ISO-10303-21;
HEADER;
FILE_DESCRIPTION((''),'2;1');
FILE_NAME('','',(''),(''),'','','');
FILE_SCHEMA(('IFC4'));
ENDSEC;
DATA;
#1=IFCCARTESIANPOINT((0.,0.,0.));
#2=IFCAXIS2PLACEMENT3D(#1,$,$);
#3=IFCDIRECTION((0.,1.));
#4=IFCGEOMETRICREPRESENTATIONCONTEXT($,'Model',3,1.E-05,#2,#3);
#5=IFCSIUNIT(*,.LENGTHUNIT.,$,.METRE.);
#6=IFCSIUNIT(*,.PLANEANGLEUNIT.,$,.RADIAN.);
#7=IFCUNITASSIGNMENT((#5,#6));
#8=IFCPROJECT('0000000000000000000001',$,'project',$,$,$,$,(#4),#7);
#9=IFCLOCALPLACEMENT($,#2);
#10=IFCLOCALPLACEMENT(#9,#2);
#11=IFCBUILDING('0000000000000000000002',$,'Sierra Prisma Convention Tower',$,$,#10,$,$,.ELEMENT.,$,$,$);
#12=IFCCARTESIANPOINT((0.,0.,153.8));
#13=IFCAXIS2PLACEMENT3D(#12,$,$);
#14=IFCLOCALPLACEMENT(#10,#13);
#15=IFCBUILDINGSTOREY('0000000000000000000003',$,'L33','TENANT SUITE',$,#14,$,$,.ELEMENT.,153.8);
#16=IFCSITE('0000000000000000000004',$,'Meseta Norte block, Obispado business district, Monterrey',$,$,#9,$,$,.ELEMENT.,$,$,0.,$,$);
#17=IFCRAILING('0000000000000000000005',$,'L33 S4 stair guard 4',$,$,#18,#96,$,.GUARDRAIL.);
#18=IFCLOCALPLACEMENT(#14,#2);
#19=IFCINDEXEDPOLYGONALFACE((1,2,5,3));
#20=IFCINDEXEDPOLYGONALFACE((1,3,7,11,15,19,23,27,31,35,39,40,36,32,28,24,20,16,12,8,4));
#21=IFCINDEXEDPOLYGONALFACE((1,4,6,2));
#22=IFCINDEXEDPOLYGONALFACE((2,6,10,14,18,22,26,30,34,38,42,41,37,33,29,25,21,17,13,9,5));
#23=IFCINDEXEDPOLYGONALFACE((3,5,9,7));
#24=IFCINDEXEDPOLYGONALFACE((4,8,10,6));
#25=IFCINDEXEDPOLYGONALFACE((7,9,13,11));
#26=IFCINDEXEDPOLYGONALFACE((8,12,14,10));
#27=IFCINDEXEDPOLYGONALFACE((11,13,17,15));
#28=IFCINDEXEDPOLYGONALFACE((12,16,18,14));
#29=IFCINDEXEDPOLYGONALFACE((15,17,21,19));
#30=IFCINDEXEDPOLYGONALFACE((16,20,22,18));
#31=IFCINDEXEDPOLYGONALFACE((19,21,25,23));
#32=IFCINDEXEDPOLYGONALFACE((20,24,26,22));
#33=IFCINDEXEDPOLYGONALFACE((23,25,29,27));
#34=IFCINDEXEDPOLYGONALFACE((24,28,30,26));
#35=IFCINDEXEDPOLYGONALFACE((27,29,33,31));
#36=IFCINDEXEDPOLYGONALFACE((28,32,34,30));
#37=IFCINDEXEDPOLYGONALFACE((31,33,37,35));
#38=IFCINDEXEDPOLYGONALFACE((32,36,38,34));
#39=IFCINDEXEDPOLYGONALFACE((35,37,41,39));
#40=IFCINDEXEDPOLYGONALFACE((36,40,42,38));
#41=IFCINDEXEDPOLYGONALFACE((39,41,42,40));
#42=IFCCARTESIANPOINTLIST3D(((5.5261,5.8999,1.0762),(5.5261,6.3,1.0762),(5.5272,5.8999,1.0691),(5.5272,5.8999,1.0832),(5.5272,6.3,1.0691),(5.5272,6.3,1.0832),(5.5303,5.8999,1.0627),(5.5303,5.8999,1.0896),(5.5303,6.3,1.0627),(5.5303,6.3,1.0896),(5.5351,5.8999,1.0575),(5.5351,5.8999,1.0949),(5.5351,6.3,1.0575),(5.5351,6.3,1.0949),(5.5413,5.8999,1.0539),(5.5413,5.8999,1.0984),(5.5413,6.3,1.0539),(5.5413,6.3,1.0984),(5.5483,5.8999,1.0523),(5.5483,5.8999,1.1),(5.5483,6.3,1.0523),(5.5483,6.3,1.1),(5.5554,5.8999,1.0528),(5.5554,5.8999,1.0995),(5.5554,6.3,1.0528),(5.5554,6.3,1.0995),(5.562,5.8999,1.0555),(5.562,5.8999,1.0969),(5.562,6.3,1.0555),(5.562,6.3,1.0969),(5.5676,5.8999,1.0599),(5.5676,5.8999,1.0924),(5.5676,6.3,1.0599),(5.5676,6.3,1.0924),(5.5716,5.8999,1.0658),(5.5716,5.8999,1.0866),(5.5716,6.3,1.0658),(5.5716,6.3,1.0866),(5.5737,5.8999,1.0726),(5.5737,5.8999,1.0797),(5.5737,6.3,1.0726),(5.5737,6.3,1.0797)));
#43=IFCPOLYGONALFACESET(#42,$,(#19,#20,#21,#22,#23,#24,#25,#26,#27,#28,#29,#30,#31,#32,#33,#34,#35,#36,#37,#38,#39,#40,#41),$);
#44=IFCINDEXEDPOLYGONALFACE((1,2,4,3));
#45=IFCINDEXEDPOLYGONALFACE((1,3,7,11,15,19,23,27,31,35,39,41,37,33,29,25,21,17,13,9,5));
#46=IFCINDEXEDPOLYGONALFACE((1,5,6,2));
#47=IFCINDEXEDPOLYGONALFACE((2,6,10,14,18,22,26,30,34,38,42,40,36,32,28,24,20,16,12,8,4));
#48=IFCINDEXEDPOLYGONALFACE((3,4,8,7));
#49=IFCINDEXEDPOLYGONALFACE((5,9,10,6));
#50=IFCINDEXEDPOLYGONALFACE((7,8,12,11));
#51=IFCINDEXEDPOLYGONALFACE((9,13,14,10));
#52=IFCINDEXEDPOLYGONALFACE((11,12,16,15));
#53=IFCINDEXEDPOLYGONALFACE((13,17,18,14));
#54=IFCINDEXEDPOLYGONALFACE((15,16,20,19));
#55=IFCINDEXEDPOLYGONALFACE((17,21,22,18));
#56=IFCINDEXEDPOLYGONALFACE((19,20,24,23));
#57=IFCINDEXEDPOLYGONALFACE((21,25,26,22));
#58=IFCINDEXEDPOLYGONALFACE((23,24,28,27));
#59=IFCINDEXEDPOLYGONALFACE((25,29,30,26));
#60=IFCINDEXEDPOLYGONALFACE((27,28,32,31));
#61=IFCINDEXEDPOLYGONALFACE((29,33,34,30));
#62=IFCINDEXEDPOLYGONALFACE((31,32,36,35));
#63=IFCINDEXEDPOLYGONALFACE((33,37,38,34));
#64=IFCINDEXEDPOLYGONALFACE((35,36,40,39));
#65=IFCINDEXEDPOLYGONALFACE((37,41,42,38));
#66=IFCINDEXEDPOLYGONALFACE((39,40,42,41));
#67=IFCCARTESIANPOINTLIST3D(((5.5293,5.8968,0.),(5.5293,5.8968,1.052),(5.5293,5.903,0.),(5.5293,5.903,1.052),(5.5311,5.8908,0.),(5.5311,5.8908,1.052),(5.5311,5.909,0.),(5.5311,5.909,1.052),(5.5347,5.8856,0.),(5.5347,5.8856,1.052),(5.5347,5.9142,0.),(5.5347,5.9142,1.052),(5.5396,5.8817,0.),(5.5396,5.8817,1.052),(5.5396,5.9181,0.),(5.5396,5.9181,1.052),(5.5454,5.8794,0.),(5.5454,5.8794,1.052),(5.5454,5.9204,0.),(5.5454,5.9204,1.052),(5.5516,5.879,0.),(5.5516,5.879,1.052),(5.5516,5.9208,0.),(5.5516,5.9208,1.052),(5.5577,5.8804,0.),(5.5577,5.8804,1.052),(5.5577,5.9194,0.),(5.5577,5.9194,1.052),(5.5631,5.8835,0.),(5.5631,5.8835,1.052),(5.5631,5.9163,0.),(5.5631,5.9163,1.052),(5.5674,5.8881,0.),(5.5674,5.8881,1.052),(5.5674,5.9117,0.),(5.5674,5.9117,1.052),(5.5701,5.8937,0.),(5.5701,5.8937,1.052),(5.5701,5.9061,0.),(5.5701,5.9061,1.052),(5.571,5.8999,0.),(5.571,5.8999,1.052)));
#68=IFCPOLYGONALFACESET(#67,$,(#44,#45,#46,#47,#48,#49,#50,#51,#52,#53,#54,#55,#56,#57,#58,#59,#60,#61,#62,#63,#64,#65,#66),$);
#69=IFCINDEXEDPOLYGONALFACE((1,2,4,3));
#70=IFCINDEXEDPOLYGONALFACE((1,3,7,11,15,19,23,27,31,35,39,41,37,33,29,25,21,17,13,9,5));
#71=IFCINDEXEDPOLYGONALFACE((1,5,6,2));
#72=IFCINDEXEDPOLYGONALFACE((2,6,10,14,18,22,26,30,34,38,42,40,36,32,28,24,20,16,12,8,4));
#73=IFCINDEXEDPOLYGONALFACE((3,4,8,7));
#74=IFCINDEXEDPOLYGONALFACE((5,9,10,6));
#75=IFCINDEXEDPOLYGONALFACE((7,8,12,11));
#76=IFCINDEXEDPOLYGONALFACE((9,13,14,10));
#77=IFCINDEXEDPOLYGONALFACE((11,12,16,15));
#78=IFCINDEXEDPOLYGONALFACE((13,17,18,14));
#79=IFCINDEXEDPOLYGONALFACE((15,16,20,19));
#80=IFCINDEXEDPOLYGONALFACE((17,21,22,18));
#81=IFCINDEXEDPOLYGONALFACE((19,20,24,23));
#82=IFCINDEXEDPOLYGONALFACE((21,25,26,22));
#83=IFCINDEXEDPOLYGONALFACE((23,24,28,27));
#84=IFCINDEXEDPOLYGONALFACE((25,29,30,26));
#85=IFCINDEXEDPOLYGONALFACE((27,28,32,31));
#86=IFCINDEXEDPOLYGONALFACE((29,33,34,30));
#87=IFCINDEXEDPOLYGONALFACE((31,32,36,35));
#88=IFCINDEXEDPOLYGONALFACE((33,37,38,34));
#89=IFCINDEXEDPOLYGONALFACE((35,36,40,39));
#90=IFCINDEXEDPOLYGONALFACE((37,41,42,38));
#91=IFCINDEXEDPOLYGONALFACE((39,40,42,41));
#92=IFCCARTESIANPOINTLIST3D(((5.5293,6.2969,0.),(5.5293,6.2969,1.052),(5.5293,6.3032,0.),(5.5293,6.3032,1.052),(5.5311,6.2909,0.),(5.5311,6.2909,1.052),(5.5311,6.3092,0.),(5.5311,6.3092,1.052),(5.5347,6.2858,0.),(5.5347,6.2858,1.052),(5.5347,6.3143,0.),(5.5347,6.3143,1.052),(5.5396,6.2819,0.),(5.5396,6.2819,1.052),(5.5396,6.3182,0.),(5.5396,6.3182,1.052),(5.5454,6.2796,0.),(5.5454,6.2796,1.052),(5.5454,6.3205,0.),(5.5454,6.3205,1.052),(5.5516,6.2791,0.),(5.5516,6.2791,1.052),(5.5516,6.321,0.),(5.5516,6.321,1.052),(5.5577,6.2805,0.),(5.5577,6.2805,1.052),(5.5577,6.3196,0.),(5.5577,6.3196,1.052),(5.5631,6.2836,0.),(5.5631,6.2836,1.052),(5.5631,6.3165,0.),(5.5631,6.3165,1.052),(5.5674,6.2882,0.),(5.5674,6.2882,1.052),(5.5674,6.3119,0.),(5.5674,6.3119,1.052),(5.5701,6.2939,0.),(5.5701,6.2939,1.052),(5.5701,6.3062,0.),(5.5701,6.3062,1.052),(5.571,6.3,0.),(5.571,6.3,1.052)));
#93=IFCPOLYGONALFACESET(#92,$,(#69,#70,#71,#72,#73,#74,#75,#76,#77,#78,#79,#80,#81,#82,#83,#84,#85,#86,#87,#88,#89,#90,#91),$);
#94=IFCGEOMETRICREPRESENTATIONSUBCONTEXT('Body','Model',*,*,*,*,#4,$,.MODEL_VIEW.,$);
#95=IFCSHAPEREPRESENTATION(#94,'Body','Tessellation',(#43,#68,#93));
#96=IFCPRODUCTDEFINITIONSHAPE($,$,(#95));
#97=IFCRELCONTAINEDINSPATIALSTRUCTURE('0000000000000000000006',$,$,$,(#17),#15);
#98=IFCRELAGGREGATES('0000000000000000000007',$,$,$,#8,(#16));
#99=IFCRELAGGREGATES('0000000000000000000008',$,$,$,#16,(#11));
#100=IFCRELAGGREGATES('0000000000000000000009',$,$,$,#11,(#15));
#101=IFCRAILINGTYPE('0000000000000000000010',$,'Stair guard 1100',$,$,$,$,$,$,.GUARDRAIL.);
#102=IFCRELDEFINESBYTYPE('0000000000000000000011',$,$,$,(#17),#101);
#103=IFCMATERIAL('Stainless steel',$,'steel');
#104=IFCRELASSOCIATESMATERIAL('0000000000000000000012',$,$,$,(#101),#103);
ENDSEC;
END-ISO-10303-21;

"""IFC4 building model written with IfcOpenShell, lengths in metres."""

from ifc_helpers import new_model, si_unit, direction, frame, origin, origin_2d, place, context, subcontext, project, spatial, circle, extrude, material, type_object, element, save


model = new_model("IFC4")

# Units and contexts
model_context = context("Model", 3, precision=1e-05, world=origin(), true_north=direction((0.0, 1.0)))
body_context = subcontext(model_context, "Body", "Model", "MODEL_VIEW")
ifc_project = project(units=[si_unit("LENGTHUNIT", "METRE"), si_unit("PLANEANGLEUNIT", "RADIAN")], contexts=[model_context])

# Site, building, storey
site_placement = place(None, origin())
site = spatial("IfcSite", under=ifc_project, at=site_placement, Name="Meseta Norte block, Obispado business district, Monterrey", CompositionType="ELEMENT", RefElevation=0.0)
building_placement = place(site_placement, origin())
building = spatial("IfcBuilding", under=site, at=building_placement, Name="Sierra Prisma Convention Tower", CompositionType="ELEMENT")
storey_placement = place(building_placement, frame((0.0, 0.0, 153.8)))
storey = spatial("IfcBuildingStorey", under=building, at=storey_placement, Name="L33", Description="TENANT SUITE", CompositionType="ELEMENT", Elevation=153.8)

# Railing
ifc_material_1 = material(Name="Stainless steel", Category="steel")
railing_type_1 = type_object("IfcRailingType", Name="Stair guard 1100", PredefinedType="GUARDRAIL", material=ifc_material_1)
railing_1_placement = place(storey_placement, frame((5.55, 5.8999, 0.0)))
element("IfcRailing", 1, at=railing_1_placement, inside=storey, type_object=railing_type_1, Name="L33 S4 stair guard 4", PredefinedType="GUARDRAIL", context=body_context, shape_type="SweptSolid", body=[
    extrude(circle(Radius=0.0239, at=origin_2d()), frame((0.0, 0.0, 1.0762), z_axis=(0.0, 1.0, 0.0), x_axis=(-1.0, 0.0, 0.0)), (0.0, 0.0, 1.0), 0.4001),
    extrude(circle(Radius=0.021, at=origin_2d()), origin(), (0.0, 0.0, 1.0), 1.052),
    extrude(circle(Radius=0.021, at=origin_2d()), frame((0.0, 0.4001, 0.0)), (0.0, 0.0, 1.0), 1.052),
])

save(model, "model.ifc")
